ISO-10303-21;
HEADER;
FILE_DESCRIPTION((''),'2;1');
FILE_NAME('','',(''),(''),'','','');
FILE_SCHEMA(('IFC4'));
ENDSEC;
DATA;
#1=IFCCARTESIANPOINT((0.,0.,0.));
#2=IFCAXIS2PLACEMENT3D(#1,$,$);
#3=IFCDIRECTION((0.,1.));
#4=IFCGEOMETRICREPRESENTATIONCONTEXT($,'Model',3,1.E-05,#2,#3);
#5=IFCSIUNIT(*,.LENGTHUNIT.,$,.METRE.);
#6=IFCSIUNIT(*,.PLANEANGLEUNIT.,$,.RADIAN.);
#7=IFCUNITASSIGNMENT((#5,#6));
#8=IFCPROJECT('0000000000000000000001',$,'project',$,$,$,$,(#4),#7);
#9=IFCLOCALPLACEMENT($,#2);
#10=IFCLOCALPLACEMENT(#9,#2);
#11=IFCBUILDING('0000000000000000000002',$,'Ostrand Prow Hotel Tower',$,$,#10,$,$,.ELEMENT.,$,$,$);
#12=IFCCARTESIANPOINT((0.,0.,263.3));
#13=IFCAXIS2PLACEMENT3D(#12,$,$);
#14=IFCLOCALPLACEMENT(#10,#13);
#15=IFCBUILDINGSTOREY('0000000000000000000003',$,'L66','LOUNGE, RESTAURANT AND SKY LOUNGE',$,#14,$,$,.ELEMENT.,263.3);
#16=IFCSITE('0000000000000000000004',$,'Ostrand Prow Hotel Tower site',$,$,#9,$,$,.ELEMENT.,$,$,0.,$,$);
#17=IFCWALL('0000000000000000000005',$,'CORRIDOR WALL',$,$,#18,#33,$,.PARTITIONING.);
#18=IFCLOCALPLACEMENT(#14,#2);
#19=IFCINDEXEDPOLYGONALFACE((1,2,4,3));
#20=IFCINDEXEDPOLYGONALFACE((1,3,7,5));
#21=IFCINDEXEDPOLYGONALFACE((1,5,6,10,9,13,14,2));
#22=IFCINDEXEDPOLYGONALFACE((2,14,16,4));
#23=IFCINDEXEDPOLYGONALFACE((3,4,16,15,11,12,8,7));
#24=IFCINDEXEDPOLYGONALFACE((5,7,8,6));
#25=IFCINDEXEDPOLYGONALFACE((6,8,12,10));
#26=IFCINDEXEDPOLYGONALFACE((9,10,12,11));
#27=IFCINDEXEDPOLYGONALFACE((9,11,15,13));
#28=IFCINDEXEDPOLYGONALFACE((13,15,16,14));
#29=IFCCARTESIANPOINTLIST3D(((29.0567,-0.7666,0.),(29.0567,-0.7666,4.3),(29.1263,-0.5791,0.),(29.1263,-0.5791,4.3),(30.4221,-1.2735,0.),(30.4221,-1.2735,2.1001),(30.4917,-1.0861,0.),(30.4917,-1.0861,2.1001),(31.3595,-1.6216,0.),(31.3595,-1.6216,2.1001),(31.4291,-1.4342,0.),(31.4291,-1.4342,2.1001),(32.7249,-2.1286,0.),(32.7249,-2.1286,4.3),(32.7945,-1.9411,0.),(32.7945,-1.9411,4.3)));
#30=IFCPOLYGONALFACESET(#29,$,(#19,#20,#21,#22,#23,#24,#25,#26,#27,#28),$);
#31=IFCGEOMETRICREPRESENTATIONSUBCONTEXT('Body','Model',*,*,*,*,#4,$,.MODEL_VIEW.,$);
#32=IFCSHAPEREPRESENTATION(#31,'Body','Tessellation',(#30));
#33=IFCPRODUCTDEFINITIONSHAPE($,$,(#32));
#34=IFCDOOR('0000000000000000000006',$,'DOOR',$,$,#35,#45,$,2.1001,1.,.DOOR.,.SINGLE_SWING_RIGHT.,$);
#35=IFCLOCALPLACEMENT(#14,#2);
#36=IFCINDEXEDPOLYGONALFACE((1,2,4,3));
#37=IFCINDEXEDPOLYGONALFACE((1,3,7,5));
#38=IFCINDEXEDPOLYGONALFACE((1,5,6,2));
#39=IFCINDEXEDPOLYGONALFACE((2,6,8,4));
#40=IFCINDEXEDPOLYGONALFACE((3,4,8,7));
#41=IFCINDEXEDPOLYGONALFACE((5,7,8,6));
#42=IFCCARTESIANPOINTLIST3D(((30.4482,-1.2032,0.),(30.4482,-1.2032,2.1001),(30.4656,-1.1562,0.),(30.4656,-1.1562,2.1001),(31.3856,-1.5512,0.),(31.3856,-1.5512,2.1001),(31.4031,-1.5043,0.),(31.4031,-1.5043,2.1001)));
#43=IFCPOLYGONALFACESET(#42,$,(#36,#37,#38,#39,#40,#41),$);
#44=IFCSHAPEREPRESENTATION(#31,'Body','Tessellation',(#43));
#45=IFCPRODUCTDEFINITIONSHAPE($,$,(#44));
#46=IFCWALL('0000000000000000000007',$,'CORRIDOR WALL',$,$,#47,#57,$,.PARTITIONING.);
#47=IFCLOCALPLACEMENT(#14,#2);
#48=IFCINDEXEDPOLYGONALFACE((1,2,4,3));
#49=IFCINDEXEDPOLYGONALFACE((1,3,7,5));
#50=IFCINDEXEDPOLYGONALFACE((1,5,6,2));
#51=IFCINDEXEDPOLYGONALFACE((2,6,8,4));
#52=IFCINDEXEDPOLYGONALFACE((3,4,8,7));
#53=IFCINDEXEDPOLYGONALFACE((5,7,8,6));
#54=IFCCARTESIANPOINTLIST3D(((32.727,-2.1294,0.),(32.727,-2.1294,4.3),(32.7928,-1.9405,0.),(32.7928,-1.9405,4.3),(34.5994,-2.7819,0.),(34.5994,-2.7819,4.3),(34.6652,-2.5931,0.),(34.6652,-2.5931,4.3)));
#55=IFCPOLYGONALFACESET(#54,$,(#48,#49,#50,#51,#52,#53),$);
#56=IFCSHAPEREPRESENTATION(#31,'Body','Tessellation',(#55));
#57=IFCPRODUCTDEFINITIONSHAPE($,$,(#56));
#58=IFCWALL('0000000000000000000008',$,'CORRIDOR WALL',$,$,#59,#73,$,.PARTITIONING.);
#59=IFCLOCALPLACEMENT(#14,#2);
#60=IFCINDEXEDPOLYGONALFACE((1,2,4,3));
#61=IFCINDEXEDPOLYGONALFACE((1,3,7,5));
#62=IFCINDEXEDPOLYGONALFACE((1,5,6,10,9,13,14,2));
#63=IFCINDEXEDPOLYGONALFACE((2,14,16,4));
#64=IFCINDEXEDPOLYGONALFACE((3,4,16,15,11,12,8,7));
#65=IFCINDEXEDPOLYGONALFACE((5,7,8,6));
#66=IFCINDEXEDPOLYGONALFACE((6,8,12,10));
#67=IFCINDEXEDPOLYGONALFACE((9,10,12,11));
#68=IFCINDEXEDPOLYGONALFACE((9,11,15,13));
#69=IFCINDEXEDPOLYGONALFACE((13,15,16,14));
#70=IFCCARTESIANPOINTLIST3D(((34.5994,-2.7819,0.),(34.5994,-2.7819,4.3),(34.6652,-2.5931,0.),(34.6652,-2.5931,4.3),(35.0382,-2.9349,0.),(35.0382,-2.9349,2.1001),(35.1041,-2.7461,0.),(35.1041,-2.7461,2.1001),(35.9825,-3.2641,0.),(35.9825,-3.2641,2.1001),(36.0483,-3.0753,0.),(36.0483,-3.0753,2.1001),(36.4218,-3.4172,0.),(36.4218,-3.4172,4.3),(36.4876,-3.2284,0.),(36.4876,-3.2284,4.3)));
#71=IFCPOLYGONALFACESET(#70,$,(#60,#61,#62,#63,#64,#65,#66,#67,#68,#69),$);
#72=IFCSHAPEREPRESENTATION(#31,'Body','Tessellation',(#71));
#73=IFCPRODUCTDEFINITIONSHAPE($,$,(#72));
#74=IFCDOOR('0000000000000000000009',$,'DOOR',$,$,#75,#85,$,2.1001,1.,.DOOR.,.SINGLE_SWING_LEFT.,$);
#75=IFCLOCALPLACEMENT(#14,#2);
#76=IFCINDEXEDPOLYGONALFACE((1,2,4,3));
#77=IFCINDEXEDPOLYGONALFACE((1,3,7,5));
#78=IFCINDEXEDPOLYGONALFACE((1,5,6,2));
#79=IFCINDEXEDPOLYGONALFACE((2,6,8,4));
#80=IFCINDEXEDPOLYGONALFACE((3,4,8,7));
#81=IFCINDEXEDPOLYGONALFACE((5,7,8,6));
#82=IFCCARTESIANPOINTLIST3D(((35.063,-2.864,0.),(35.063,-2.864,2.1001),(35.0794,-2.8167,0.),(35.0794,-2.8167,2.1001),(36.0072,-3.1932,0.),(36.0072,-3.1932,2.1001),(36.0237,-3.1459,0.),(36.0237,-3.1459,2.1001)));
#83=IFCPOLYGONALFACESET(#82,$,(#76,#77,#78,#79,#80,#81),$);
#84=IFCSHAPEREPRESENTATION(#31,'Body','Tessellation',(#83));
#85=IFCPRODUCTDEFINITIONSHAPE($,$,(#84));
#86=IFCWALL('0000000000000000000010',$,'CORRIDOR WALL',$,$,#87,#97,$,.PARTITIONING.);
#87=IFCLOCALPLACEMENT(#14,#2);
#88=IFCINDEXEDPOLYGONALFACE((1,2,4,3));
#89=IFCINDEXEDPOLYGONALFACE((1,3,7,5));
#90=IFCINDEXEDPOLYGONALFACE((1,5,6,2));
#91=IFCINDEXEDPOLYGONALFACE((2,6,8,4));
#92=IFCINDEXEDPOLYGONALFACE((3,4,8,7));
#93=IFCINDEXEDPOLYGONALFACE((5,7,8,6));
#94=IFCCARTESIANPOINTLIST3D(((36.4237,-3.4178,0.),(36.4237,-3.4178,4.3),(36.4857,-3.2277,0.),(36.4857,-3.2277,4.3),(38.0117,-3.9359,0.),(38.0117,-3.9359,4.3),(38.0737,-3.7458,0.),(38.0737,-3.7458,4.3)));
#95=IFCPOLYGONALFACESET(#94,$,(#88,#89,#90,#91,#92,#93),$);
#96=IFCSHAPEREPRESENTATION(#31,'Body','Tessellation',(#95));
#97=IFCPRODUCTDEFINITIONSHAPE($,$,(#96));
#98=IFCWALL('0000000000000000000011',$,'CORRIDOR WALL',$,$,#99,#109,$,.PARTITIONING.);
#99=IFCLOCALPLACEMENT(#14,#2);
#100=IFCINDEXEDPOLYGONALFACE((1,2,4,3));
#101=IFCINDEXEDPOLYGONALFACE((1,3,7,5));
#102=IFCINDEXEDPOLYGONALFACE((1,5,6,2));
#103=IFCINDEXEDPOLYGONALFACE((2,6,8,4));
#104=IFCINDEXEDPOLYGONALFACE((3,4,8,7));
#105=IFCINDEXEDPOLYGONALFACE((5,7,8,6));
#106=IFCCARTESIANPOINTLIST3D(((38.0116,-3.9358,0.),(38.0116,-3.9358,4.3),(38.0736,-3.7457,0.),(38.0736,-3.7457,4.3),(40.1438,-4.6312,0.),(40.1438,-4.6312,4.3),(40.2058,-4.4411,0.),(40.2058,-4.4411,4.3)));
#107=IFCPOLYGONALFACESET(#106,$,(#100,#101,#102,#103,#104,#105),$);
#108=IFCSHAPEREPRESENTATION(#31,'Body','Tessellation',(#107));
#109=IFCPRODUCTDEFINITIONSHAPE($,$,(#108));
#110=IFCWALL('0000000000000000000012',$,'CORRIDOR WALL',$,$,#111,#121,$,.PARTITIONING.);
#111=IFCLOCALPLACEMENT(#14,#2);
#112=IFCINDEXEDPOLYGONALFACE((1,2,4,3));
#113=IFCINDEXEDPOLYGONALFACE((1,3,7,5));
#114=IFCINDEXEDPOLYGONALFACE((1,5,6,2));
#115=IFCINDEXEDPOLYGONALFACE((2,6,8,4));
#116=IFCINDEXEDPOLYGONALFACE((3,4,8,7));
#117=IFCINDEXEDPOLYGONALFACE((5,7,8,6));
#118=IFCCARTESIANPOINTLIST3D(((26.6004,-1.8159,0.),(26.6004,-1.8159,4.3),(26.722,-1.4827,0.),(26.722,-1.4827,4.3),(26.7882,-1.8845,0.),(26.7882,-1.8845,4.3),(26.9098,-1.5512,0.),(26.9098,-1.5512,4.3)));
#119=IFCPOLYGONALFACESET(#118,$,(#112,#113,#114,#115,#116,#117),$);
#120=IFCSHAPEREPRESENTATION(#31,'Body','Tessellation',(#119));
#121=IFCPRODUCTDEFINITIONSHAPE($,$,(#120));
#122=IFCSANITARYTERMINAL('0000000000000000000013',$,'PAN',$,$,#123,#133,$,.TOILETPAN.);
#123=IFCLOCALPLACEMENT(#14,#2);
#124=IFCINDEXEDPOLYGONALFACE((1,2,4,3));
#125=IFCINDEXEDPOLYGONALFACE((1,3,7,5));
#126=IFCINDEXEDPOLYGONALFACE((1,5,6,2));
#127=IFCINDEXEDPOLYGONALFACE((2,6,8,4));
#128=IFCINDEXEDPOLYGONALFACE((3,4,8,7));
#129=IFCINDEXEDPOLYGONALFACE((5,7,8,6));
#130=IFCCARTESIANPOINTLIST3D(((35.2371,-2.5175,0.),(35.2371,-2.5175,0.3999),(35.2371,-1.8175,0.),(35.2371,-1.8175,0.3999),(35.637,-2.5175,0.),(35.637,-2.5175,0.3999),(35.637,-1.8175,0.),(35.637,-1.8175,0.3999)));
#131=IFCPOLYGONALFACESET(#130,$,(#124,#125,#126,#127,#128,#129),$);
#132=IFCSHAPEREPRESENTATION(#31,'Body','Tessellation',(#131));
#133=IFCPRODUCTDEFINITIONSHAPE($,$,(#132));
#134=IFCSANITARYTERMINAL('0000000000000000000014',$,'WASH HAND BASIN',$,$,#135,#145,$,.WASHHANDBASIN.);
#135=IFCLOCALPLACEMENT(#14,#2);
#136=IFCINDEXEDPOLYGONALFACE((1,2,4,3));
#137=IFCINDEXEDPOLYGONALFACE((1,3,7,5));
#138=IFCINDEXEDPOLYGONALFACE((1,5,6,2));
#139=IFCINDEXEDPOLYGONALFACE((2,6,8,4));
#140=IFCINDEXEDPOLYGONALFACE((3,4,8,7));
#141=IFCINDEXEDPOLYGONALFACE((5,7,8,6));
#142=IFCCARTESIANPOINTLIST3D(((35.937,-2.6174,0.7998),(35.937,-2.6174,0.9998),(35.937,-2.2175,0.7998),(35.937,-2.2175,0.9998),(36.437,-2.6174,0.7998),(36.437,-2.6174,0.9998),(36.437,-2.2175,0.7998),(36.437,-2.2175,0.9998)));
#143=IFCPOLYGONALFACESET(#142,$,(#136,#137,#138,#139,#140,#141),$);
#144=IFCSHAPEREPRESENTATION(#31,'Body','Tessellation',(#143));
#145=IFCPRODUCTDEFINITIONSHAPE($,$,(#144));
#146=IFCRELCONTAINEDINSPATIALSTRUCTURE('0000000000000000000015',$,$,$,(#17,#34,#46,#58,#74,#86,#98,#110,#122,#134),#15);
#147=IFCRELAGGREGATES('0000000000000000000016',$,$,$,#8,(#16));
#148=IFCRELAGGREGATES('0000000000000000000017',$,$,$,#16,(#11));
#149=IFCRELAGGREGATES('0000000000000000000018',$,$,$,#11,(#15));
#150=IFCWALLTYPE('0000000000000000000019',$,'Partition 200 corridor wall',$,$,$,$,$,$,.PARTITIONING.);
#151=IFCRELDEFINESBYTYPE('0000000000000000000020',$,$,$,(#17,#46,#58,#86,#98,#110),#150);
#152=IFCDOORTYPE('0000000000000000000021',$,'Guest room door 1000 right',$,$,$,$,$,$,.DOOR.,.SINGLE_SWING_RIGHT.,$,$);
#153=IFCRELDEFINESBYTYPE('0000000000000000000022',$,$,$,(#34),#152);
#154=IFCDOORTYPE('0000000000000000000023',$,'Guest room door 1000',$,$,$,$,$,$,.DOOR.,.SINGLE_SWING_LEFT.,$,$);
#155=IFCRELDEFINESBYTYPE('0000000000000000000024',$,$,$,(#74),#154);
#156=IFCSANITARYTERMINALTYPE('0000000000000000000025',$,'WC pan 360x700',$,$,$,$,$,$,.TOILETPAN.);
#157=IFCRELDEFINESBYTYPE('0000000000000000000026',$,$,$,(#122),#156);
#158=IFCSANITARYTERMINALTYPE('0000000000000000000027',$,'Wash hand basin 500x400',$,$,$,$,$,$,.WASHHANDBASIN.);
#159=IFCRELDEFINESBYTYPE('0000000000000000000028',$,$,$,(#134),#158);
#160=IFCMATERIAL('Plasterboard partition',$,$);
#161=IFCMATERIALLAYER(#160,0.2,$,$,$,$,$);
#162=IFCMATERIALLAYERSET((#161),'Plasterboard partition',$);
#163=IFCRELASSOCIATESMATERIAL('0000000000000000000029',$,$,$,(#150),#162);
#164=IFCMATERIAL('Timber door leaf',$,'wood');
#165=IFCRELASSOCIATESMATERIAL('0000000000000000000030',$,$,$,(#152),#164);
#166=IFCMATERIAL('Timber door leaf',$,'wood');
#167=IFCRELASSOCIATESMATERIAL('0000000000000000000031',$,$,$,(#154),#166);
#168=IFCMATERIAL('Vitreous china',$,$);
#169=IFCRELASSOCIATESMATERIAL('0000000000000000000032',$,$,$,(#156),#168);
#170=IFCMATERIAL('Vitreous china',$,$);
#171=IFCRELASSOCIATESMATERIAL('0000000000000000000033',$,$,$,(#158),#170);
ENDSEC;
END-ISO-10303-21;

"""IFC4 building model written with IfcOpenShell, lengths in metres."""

from ifc_helpers import new_model, si_unit, direction, frame, frame_2d, origin, origin_2d, place, context, subcontext, project, spatial, rectangle, extrude, material, layer, layer_set, type_object, element, fill, save


model = new_model("IFC4")

# Units and contexts
model_context = context("Model", 3, precision=1e-05, world=origin(), true_north=direction((0.0, 1.0)))
body_context = subcontext(model_context, "Body", "Model", "MODEL_VIEW")
ifc_project = project(units=[si_unit("LENGTHUNIT", "METRE"), si_unit("PLANEANGLEUNIT", "RADIAN")], contexts=[model_context])

# Site, building, storey
site_placement = place(None, origin())
site = spatial("IfcSite", under=ifc_project, at=site_placement, Name="Ostrand Prow Hotel Tower site", CompositionType="ELEMENT", RefElevation=0.0)
building_placement = place(site_placement, origin())
building = spatial("IfcBuilding", under=site, at=building_placement, Name="Ostrand Prow Hotel Tower", CompositionType="ELEMENT")
storey_placement = place(building_placement, frame((0.0, 0.0, 263.3)))
storey = spatial("IfcBuildingStorey", under=building, at=storey_placement, Name="L66", Description="LOUNGE, RESTAURANT AND SKY LOUNGE", CompositionType="ELEMENT", Elevation=263.3)

# Wall, opening, door
ifc_material_1 = material(Name="Plasterboard partition")
ifc_layer_1 = layer(ifc_material_1, 0.2)
ifc_layer_set_1 = layer_set([ifc_layer_1], Name="Plasterboard partition")
wall_type_1 = type_object("IfcWallType", Name="Partition 200 corridor wall", PredefinedType="PARTITIONING", material=ifc_layer_set_1)
wall_1_placement = place(storey_placement, frame((32.7598, -2.0349, 0.0), z_axis=(0.0, 0.0, 1.0), x_axis=(-0.93746, 0.348093, 0.0)))
wall_1 = element("IfcWall", 1, at=wall_1_placement, inside=storey, type_object=wall_type_1, Name="CORRIDOR WALL", PredefinedType="PARTITIONING", context=body_context, shape_type="SweptSolid", body=[
    extrude(rectangle(XDim=3.9128, YDim=0.2, at=frame_2d((1.9565, 0.0))), origin(), (0.0, 0.0, 1.0), 4.3),
])
opening_1_placement = place(wall_1_placement, frame((1.4565, 0.0, 0.0)))
opening_1 = element("IfcOpeningElement", 2, at=opening_1_placement, cuts=wall_1, PredefinedType="OPENING", context=body_context, shape_type="SweptSolid", body=[
    extrude(rectangle(XDim=1.0, YDim=2.1001, at=frame_2d((0.5, 1.05))), frame((0.0, 0.1099, 0.0), z_axis=(0.0, -1.0, 0.0), x_axis=(1.0, 0.0, 0.0)), (0.0, 0.0, 1.0), 0.22),
])
ifc_material_2 = material(Name="Timber door leaf", Category="wood")
door_type_1 = type_object("IfcDoorType", Name="Guest room door 1000 right", OperationType="SINGLE_SWING_RIGHT", PredefinedType="DOOR", material=ifc_material_2)
door_1_placement = place(opening_1_placement, origin())
door_1 = element("IfcDoor", 3, at=door_1_placement, inside=storey, type_object=door_type_1, Name="DOOR", OperationType="SINGLE_SWING_RIGHT", OverallHeight=2.1001, OverallWidth=1.0, PredefinedType="DOOR", context=body_context, shape_type="SweptSolid", body=[
    extrude(rectangle(XDim=1.0, YDim=2.1001, at=frame_2d((0.5, 1.05))), frame((0.0, 0.0249, 0.0), z_axis=(0.0, -1.0, 0.0), x_axis=(1.0, 0.0, 0.0)), (0.0, 0.0, 1.0), 0.05),
])
fill(opening_1, door_1)

# Wall
wall_2_placement = place(storey_placement, frame((34.6323, -2.6875, 0.0), z_axis=(0.0, 0.0, 1.0), x_axis=(-0.944299, 0.329089, 0.0)))
element("IfcWall", 4, at=wall_2_placement, inside=storey, type_object=wall_type_1, Name="CORRIDOR WALL", PredefinedType="PARTITIONING", context=body_context, shape_type="SweptSolid", body=[
    extrude(rectangle(XDim=1.9829, YDim=0.2, at=frame_2d((0.9915, 0.0))), origin(), (0.0, 0.0, 1.0), 4.3),
])

# Wall, opening, door
wall_3_placement = place(storey_placement, frame((36.4546, -3.3228, 0.0), z_axis=(0.0, 0.0, 1.0), x_axis=(-0.944268, 0.329178, 0.0)))
wall_3 = element("IfcWall", 5, at=wall_3_placement, inside=storey, type_object=wall_type_1, Name="CORRIDOR WALL", PredefinedType="PARTITIONING", context=body_context, shape_type="SweptSolid", body=[
    extrude(rectangle(XDim=1.9299, YDim=0.2, at=frame_2d((0.9648, 0.0))), origin(), (0.0, 0.0, 1.0), 4.3),
])
opening_2_placement = place(wall_3_placement, frame((0.4651, 0.0, 0.0)))
opening_2 = element("IfcOpeningElement", 6, at=opening_2_placement, cuts=wall_3, PredefinedType="OPENING", context=body_context, shape_type="SweptSolid", body=[
    extrude(rectangle(XDim=1.0, YDim=2.1001, at=frame_2d((0.5, 1.05))), frame((0.0, 0.1099, 0.0), z_axis=(0.0, -1.0, 0.0), x_axis=(1.0, 0.0, 0.0)), (0.0, 0.0, 1.0), 0.22),
])
ifc_material_3 = material(Name="Timber door leaf", Category="wood")
door_type_2 = type_object("IfcDoorType", Name="Guest room door 1000", OperationType="SINGLE_SWING_LEFT", PredefinedType="DOOR", material=ifc_material_3)
door_2_placement = place(opening_2_placement, origin())
door_2 = element("IfcDoor", 7, at=door_2_placement, inside=storey, type_object=door_type_2, Name="DOOR", OperationType="SINGLE_SWING_LEFT", OverallHeight=2.1001, OverallWidth=1.0, PredefinedType="DOOR", context=body_context, shape_type="SweptSolid", body=[
    extrude(rectangle(XDim=1.0, YDim=2.1001, at=frame_2d((0.5, 1.05))), frame((0.0, 0.0249, 0.0), z_axis=(0.0, -1.0, 0.0), x_axis=(1.0, 0.0, 0.0)), (0.0, 0.0, 1.0), 0.05),
])
fill(opening_2, door_2)

# Walls
wall_4_placement = place(storey_placement, frame((38.0427, -3.8408, 0.0), z_axis=(0.0, 0.0, 1.0), x_axis=(-0.950695, 0.310127, 0.0)))
element("IfcWall", 8, at=wall_4_placement, inside=storey, type_object=wall_type_1, Name="CORRIDOR WALL", PredefinedType="PARTITIONING", context=body_context, shape_type="SweptSolid", body=[
    extrude(rectangle(XDim=1.6704, YDim=0.2, at=frame_2d((0.8352, 0.0))), origin(), (0.0, 0.0, 1.0), 4.3),
])
wall_5_placement = place(storey_placement, frame((40.1748, -4.5361, 0.0), z_axis=(0.0, 0.0, 1.0), x_axis=(-0.950721, 0.310048, 0.0)))
element("IfcWall", 9, at=wall_5_placement, inside=storey, type_object=wall_type_1, Name="CORRIDOR WALL", PredefinedType="PARTITIONING", context=body_context, shape_type="SweptSolid", body=[
    extrude(rectangle(XDim=2.2427, YDim=0.2, at=frame_2d((1.1213, 0.0))), origin(), (0.0, 0.0, 1.0), 4.3),
])
wall_6_placement = place(storey_placement, frame((26.6943, -1.8501, 0.0), z_axis=(0.0, 0.0, 1.0), x_axis=(0.342738, 0.939431, 0.0)))
element("IfcWall", 10, at=wall_6_placement, inside=storey, type_object=wall_type_1, Name="CORRIDOR WALL", PredefinedType="PARTITIONING", context=body_context, shape_type="SweptSolid", body=[
    extrude(rectangle(XDim=0.3547, YDim=0.2, at=frame_2d((0.1772, 0.0))), origin(), (0.0, 0.0, 1.0), 4.3),
])

# Sanitary terminals
ifc_material_4 = material(Name="Vitreous china")
sanitary_terminal_type_1 = type_object("IfcSanitaryTerminalType", Name="WC pan 360x700", PredefinedType="TOILETPAN", material=ifc_material_4)
sanitary_terminal_1_placement = place(storey_placement, frame((35.437, -2.1675, 0.0), z_axis=(0.0, 0.0, 1.0), x_axis=(1.0, 0.0, 0.0)))
element("IfcSanitaryTerminal", 11, at=sanitary_terminal_1_placement, inside=storey, type_object=sanitary_terminal_type_1, Name="PAN", PredefinedType="TOILETPAN", context=body_context, shape_type="SweptSolid", body=[
    extrude(rectangle(XDim=0.3999, YDim=0.7, at=origin_2d()), origin(), (0.0, 0.0, 1.0), 0.3999),
])
ifc_material_5 = material(Name="Vitreous china")
sanitary_terminal_type_2 = type_object("IfcSanitaryTerminalType", Name="Wash hand basin 500x400", PredefinedType="WASHHANDBASIN", material=ifc_material_5)
sanitary_terminal_2_placement = place(storey_placement, frame((36.187, -2.4175, 0.7998), z_axis=(0.0, 0.0, 1.0), x_axis=(1.0, 0.0, 0.0)))
element("IfcSanitaryTerminal", 12, at=sanitary_terminal_2_placement, inside=storey, type_object=sanitary_terminal_type_2, Name="WASH HAND BASIN", PredefinedType="WASHHANDBASIN", context=body_context, shape_type="SweptSolid", body=[
    extrude(rectangle(XDim=0.5, YDim=0.3999, at=origin_2d()), origin(), (0.0, 0.0, 1.0), 0.2),
])

save(model, "model.ifc")
